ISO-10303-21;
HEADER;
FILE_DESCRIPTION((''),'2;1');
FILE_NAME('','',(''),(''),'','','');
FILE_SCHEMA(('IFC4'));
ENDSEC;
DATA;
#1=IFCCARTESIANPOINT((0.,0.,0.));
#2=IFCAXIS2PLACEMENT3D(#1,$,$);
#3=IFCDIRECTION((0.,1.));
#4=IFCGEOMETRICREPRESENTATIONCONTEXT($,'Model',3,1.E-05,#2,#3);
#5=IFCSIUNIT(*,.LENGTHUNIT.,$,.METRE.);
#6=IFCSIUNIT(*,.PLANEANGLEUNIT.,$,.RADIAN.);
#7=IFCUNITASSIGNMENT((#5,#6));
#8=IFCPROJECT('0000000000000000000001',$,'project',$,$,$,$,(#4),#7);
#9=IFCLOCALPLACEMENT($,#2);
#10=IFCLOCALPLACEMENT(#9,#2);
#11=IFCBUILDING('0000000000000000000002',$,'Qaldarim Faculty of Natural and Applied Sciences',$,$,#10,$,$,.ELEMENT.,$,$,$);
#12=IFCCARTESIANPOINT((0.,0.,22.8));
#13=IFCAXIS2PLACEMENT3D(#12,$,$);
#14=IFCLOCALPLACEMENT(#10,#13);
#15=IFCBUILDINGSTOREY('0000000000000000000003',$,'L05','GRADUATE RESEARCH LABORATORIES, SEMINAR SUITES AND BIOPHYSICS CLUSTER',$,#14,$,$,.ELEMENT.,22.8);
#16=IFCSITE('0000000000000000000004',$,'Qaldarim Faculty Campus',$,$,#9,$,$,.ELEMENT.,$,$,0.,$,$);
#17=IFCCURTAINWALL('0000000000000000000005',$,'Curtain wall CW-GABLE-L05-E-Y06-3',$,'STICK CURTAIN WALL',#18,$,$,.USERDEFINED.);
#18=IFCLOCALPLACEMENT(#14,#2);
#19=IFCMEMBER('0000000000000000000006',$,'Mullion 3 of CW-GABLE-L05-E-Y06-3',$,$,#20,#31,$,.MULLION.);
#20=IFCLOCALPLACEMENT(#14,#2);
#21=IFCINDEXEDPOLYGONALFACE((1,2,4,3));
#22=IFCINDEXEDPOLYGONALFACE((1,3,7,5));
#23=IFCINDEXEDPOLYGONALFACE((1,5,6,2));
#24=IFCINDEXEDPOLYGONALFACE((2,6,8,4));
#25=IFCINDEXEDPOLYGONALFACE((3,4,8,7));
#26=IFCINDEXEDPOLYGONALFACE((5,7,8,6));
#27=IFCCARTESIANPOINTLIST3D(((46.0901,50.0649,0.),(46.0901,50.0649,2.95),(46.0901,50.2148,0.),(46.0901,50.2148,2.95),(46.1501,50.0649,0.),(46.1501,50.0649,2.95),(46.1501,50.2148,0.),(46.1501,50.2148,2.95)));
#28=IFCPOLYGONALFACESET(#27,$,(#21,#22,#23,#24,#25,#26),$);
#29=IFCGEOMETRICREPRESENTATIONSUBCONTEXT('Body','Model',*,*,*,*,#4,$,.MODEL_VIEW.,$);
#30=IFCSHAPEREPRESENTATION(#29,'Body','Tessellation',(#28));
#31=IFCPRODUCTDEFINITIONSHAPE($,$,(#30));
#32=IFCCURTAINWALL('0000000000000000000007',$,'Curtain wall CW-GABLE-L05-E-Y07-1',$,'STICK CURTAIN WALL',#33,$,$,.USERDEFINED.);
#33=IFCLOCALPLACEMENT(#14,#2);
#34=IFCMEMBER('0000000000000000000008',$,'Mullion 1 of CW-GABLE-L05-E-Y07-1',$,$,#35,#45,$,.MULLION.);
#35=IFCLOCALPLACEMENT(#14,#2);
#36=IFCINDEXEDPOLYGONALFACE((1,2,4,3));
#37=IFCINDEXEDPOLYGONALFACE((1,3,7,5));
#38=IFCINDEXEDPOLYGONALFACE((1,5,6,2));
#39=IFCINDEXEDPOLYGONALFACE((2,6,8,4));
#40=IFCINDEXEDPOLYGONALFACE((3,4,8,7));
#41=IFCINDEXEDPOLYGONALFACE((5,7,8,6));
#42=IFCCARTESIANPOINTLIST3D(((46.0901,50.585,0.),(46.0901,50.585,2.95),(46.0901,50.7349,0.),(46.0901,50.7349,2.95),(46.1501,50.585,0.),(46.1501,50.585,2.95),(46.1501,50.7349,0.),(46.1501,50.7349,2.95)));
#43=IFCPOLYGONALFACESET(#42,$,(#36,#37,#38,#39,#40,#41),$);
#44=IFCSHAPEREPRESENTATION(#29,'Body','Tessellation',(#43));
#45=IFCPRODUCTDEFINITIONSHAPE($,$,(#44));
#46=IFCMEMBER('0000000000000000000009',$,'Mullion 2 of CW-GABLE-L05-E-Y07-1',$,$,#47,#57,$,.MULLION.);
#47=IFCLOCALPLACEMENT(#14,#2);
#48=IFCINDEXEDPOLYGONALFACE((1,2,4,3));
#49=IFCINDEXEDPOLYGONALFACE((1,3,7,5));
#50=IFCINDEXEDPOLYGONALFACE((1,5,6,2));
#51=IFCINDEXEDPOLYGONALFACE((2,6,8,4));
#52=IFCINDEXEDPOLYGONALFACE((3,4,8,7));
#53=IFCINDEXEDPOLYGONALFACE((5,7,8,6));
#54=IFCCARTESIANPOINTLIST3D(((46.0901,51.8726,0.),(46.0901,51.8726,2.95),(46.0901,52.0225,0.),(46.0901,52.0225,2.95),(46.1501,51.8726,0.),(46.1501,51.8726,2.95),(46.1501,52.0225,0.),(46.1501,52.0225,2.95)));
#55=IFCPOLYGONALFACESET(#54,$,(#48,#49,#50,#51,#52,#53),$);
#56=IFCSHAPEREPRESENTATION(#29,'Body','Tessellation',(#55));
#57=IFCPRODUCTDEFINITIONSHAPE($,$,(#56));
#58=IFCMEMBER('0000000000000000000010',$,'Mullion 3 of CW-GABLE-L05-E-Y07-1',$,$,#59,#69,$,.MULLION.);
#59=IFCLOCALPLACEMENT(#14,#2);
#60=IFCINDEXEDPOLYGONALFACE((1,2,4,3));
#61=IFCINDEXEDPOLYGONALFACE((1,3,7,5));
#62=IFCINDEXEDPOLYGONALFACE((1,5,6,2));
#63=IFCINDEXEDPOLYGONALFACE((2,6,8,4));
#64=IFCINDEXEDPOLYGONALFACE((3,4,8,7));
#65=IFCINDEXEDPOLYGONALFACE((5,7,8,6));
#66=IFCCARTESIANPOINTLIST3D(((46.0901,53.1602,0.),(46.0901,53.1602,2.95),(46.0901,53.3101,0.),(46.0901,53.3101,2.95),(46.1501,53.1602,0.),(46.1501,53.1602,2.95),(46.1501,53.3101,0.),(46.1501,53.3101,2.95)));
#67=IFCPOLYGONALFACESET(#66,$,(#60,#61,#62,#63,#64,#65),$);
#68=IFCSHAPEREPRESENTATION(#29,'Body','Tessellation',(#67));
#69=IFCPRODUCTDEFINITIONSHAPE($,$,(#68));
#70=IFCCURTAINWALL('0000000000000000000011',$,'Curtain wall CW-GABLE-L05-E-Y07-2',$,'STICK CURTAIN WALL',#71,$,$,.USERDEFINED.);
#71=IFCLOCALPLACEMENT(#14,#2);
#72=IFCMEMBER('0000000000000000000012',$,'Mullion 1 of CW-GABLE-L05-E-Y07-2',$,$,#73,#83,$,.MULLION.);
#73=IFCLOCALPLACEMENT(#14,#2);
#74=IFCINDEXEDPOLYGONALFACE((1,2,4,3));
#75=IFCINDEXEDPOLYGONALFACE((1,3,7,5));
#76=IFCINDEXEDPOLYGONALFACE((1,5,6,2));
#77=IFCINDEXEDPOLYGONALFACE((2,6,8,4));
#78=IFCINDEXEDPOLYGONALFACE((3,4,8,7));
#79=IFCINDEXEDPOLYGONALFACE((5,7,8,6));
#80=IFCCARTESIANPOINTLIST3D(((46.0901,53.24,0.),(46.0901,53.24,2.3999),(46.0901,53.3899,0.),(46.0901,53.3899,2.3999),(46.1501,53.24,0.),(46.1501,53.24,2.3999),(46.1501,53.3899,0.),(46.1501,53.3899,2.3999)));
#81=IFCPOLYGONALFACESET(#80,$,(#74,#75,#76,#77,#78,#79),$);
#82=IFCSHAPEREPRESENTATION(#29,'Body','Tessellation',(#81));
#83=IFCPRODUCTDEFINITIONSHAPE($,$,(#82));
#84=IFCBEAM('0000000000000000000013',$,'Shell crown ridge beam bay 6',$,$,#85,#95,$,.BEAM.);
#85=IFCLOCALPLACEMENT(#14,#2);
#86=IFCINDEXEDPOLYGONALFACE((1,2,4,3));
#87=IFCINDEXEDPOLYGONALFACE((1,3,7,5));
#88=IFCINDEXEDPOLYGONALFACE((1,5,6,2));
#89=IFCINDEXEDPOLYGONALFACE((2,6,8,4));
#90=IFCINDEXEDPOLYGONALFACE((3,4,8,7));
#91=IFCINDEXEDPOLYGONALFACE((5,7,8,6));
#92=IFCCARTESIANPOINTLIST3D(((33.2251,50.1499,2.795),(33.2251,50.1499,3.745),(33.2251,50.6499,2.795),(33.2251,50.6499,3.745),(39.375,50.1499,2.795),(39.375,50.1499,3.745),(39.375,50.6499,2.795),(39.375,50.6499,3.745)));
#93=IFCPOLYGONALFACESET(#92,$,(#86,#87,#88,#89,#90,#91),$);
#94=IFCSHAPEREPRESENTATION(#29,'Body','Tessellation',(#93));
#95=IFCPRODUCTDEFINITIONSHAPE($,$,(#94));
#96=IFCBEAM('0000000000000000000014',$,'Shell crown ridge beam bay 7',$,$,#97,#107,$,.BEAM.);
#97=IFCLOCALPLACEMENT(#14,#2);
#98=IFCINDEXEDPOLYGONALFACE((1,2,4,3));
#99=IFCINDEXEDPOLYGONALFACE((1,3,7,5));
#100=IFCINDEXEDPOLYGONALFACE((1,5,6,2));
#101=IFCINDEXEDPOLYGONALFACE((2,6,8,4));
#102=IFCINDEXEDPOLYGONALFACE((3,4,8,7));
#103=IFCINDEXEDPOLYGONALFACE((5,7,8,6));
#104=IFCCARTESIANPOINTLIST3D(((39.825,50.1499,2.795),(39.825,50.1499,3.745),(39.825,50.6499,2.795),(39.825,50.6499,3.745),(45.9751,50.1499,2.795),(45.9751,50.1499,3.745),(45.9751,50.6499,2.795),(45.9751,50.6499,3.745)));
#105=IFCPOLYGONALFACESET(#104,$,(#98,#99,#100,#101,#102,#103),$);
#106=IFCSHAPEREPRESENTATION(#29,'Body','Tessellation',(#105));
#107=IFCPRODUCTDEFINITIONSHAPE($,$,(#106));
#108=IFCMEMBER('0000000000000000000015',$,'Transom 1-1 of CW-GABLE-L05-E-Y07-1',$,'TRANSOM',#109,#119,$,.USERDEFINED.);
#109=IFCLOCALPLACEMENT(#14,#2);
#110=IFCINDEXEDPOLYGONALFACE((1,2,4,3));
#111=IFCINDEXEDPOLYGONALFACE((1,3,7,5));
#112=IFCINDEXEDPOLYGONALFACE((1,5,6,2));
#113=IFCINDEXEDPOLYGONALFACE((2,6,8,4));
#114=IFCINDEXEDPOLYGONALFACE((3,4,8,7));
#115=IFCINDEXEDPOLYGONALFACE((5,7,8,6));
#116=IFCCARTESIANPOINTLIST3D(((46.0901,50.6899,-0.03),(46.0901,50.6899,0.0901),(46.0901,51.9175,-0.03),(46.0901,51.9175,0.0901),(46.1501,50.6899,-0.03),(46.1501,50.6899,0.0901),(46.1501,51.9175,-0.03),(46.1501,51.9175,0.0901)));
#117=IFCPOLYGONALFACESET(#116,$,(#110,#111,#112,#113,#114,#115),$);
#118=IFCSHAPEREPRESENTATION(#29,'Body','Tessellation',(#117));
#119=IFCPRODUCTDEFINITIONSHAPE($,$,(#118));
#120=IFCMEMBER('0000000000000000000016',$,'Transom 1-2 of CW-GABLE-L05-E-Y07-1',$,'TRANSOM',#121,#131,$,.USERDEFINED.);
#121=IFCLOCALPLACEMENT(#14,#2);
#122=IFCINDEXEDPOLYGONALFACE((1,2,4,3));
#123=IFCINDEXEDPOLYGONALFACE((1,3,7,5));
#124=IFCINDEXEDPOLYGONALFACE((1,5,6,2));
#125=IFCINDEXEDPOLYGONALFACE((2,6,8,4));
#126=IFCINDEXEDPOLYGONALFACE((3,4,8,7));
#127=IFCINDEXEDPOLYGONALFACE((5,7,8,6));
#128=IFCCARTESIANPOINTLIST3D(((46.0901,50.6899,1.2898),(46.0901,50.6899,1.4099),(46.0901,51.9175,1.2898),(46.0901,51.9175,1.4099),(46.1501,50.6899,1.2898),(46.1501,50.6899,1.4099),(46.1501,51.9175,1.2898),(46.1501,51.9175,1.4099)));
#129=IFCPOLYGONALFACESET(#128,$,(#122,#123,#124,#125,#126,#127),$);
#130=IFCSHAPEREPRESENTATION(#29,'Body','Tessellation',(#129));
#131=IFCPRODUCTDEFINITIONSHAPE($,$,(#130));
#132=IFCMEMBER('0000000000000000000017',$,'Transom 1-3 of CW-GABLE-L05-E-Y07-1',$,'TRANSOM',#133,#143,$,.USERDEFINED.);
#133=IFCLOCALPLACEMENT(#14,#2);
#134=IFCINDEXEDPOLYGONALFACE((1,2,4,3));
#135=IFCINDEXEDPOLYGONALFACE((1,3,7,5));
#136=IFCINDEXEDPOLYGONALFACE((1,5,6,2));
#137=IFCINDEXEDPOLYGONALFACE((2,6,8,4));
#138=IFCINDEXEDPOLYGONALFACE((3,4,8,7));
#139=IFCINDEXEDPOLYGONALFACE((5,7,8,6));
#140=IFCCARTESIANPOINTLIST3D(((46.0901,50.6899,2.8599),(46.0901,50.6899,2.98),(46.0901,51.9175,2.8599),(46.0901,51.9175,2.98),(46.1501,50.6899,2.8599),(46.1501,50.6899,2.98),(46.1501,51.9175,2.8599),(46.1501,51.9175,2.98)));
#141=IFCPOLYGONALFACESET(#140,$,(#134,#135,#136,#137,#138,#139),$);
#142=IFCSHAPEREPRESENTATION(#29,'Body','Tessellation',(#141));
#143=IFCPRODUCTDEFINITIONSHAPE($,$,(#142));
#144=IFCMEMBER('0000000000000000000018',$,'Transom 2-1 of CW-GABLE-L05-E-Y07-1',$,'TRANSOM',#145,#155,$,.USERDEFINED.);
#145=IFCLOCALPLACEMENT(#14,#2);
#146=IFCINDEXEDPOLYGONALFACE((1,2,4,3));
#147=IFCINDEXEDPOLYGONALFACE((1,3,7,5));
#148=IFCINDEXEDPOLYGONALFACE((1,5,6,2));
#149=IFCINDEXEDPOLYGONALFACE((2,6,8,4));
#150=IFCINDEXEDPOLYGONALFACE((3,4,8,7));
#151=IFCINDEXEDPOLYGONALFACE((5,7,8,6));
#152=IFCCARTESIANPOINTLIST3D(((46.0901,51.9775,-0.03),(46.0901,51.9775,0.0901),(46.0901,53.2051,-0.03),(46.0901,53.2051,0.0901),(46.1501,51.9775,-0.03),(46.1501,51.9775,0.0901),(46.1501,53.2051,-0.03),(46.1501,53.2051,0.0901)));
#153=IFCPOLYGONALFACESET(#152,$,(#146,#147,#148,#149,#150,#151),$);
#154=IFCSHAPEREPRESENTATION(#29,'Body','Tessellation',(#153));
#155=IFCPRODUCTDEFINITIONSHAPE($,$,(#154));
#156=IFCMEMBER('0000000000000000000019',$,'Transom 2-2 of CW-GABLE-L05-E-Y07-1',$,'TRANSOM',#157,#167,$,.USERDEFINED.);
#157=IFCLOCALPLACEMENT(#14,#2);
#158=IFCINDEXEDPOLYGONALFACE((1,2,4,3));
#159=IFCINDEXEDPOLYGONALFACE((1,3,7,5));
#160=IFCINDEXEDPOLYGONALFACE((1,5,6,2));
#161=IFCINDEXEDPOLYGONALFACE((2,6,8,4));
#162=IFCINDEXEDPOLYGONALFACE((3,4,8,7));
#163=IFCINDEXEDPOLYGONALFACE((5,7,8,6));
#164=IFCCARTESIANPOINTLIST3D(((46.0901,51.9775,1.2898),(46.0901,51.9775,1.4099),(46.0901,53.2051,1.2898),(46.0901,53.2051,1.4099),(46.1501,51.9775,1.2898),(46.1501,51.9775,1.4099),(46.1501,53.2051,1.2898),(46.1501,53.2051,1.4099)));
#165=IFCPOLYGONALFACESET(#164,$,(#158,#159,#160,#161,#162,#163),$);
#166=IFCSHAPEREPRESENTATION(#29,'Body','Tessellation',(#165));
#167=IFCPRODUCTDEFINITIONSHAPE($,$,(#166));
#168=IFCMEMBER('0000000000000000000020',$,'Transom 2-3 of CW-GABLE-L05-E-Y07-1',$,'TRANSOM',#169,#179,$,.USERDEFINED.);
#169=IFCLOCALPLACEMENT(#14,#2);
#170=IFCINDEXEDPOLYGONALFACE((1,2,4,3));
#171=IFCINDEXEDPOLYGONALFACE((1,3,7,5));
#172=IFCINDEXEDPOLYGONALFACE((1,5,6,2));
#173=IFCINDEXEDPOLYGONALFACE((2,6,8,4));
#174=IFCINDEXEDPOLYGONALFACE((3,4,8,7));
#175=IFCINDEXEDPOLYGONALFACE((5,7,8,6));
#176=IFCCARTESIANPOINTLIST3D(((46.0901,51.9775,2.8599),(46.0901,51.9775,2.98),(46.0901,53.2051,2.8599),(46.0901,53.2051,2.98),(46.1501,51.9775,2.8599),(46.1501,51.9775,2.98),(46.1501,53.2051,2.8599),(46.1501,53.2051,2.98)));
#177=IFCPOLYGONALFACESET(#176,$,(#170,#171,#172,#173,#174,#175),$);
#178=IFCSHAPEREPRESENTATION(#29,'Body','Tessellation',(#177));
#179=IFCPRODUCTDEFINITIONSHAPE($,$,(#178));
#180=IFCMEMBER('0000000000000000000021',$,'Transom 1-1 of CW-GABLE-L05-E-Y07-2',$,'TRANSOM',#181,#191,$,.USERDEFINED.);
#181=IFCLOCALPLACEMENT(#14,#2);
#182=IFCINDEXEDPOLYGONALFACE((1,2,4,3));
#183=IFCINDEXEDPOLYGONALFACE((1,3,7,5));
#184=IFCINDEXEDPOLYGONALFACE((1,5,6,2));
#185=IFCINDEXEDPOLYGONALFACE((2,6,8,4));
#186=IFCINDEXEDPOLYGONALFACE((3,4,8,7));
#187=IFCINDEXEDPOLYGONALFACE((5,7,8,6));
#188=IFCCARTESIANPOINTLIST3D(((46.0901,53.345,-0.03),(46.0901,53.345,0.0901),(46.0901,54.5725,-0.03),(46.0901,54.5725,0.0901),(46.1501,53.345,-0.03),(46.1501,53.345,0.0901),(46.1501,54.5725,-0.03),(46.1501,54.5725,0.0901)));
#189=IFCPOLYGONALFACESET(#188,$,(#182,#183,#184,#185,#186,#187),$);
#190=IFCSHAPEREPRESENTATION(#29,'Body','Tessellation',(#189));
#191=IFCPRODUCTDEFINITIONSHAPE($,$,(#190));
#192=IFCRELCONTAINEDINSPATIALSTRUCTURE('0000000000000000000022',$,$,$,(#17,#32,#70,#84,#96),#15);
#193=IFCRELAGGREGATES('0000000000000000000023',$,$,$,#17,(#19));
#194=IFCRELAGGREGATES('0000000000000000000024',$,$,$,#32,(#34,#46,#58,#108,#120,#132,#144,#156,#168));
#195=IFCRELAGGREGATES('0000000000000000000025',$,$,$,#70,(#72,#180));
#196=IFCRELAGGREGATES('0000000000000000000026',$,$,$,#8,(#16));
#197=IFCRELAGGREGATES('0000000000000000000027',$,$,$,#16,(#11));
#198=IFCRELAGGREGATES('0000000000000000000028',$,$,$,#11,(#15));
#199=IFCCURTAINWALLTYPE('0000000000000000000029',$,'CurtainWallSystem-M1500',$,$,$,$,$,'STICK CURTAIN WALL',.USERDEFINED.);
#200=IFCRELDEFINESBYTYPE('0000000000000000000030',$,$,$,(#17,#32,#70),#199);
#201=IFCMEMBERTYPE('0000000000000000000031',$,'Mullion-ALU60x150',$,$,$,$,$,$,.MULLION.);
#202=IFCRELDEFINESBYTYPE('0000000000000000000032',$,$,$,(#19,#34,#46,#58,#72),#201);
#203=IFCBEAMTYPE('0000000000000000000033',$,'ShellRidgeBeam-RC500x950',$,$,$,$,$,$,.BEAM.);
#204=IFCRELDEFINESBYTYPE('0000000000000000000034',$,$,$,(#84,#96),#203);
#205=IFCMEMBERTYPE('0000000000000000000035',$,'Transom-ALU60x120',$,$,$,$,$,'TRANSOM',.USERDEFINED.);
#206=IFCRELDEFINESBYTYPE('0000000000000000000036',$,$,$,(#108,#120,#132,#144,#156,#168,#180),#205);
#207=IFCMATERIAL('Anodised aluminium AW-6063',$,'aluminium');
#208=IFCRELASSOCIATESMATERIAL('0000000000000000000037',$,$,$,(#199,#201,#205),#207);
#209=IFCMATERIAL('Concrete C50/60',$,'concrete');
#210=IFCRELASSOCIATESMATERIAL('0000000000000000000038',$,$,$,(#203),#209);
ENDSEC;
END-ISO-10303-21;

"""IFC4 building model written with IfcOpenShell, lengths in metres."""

from ifc_helpers import new_model, si_unit, direction, frame, origin, origin_2d, place, context, subcontext, project, spatial, rectangle, extrude, material, material_profile, profile_set, type_object, element, aggregate, save


model = new_model("IFC4")

# Units and contexts
model_context = context("Model", 3, precision=1e-05, world=origin(), true_north=direction((0.0, 1.0)))
body_context = subcontext(model_context, "Body", "Model", "MODEL_VIEW")
ifc_project = project(units=[si_unit("LENGTHUNIT", "METRE"), si_unit("PLANEANGLEUNIT", "RADIAN")], contexts=[model_context])

# Site, building, storey
site_placement = place(None, origin())
site = spatial("IfcSite", under=ifc_project, at=site_placement, Name="Qaldarim Faculty Campus", CompositionType="ELEMENT", RefElevation=0.0)
building_placement = place(site_placement, origin())
building = spatial("IfcBuilding", under=site, at=building_placement, Name="Qaldarim Faculty of Natural and Applied Sciences", CompositionType="ELEMENT")
storey_placement = place(building_placement, frame((0.0, 0.0, 22.8)))
storey = spatial("IfcBuildingStorey", under=building, at=storey_placement, Name="L05", Description="GRADUATE RESEARCH LABORATORIES, SEMINAR SUITES AND BIOPHYSICS CLUSTER", CompositionType="ELEMENT", Elevation=22.8)

# Curtain wall, member
ifc_material_1 = material(Name="Anodised aluminium AW-6063", Category="aluminium")
curtain_wall_type = type_object("IfcCurtainWallType", Name="CurtainWallSystem-M1500", ElementType="STICK CURTAIN WALL", PredefinedType="USERDEFINED", material=ifc_material_1)
curtain_wall_1_placement = place(storey_placement, origin())
curtain_wall_1 = element("IfcCurtainWall", 1, at=curtain_wall_1_placement, inside=storey, type_object=curtain_wall_type, Name="Curtain wall CW-GABLE-L05-E-Y06-3", ObjectType="STICK CURTAIN WALL", PredefinedType="USERDEFINED")
ifc_material_profile_1 = material_profile(ifc_material_1, rectangle(XDim=0.0601, YDim=0.1499, at=origin_2d()), Name="ALU-M60x150")
ifc_profile_set_1 = profile_set([ifc_material_profile_1], Name="Anodised aluminium AW-6063")
member_type_1 = type_object("IfcMemberType", Name="Mullion-ALU60x150", PredefinedType="MULLION", material=ifc_profile_set_1)
member_1_placement = place(storey_placement, frame((46.1201, 50.1399, 0.0), z_axis=(0.0, 0.0, 1.0), x_axis=(-1.0, 0.0, 0.0)))
member_1 = element("IfcMember", 2, at=member_1_placement, type_object=member_type_1, Name="Mullion 3 of CW-GABLE-L05-E-Y06-3", PredefinedType="MULLION", context=body_context, shape_type="SweptSolid", body=[
    extrude(rectangle(XDim=0.0601, YDim=0.1499, at=origin_2d()), origin(), (0.0, 0.0, 1.0), 2.95),
])

# Curtain wall, members
curtain_wall_2_placement = place(storey_placement, origin())
curtain_wall_2 = element("IfcCurtainWall", 3, at=curtain_wall_2_placement, inside=storey, type_object=curtain_wall_type, Name="Curtain wall CW-GABLE-L05-E-Y07-1", ObjectType="STICK CURTAIN WALL", PredefinedType="USERDEFINED")
member_2_placement = place(storey_placement, frame((46.1201, 50.6599, 0.0), z_axis=(0.0, 0.0, 1.0), x_axis=(-1.0, 0.0, 0.0)))
member_2 = element("IfcMember", 4, at=member_2_placement, type_object=member_type_1, Name="Mullion 1 of CW-GABLE-L05-E-Y07-1", PredefinedType="MULLION", context=body_context, shape_type="SweptSolid", body=[
    extrude(rectangle(XDim=0.0601, YDim=0.1499, at=origin_2d()), origin(), (0.0, 0.0, 1.0), 2.95),
])
member_3_placement = place(storey_placement, frame((46.1201, 51.9475, 0.0), z_axis=(0.0, 0.0, 1.0), x_axis=(-1.0, 0.0, 0.0)))
member_3 = element("IfcMember", 5, at=member_3_placement, type_object=member_type_1, Name="Mullion 2 of CW-GABLE-L05-E-Y07-1", PredefinedType="MULLION", context=body_context, shape_type="SweptSolid", body=[
    extrude(rectangle(XDim=0.0601, YDim=0.1499, at=origin_2d()), origin(), (0.0, 0.0, 1.0), 2.95),
])
member_4_placement = place(storey_placement, frame((46.1201, 53.2351, 0.0), z_axis=(0.0, 0.0, 1.0), x_axis=(-1.0, 0.0, 0.0)))
member_4 = element("IfcMember", 6, at=member_4_placement, type_object=member_type_1, Name="Mullion 3 of CW-GABLE-L05-E-Y07-1", PredefinedType="MULLION", context=body_context, shape_type="SweptSolid", body=[
    extrude(rectangle(XDim=0.0601, YDim=0.1499, at=origin_2d()), origin(), (0.0, 0.0, 1.0), 2.95),
])

# Curtain wall, member
curtain_wall_3_placement = place(storey_placement, origin())
curtain_wall_3 = element("IfcCurtainWall", 7, at=curtain_wall_3_placement, inside=storey, type_object=curtain_wall_type, Name="Curtain wall CW-GABLE-L05-E-Y07-2", ObjectType="STICK CURTAIN WALL", PredefinedType="USERDEFINED")
member_5_placement = place(storey_placement, frame((46.1201, 53.3149, 0.0), z_axis=(0.0, 0.0, 1.0), x_axis=(-1.0, 0.0, 0.0)))
member_5 = element("IfcMember", 8, at=member_5_placement, type_object=member_type_1, Name="Mullion 1 of CW-GABLE-L05-E-Y07-2", PredefinedType="MULLION", context=body_context, shape_type="SweptSolid", body=[
    extrude(rectangle(XDim=0.0601, YDim=0.1499, at=origin_2d()), origin(), (0.0, 0.0, 1.0), 2.3999),
])

# Beams
ifc_material_2 = material(Name="Concrete C50/60", Category="concrete")
ifc_material_profile_2 = material_profile(ifc_material_2, rectangle(XDim=0.5, YDim=0.95, at=origin_2d()), Name="RC-EB500x950")
ifc_profile_set_2 = profile_set([ifc_material_profile_2], Name="Concrete C50/60")
beam_type = type_object("IfcBeamType", Name="ShellRidgeBeam-RC500x950", PredefinedType="BEAM", material=ifc_profile_set_2)
beam_1_placement = place(storey_placement, frame((33.2251, 50.3999, 3.27), z_axis=(1.0, 0.0, 0.0), x_axis=(0.0, 1.0, 0.0)))
element("IfcBeam", 9, at=beam_1_placement, inside=storey, type_object=beam_type, Name="Shell crown ridge beam bay 6", PredefinedType="BEAM", context=body_context, shape_type="SweptSolid", body=[
    extrude(rectangle(XDim=0.5, YDim=0.95, at=origin_2d()), origin(), (0.0, 0.0, 1.0), 6.1499),
])
beam_2_placement = place(storey_placement, frame((39.825, 50.3999, 3.27), z_axis=(1.0, 0.0, 0.0), x_axis=(0.0, 1.0, 0.0)))
element("IfcBeam", 10, at=beam_2_placement, inside=storey, type_object=beam_type, Name="Shell crown ridge beam bay 7", PredefinedType="BEAM", context=body_context, shape_type="SweptSolid", body=[
    extrude(rectangle(XDim=0.5, YDim=0.95, at=origin_2d()), origin(), (0.0, 0.0, 1.0), 6.1501),
])

# Members
ifc_material_profile_3 = material_profile(ifc_material_1, rectangle(XDim=0.0601, YDim=0.1201, at=origin_2d()), Name="ALU-T60x120")
ifc_profile_set_3 = profile_set([ifc_material_profile_3], Name="Anodised aluminium AW-6063")
member_type_2 = type_object("IfcMemberType", Name="Transom-ALU60x120", ElementType="TRANSOM", PredefinedType="USERDEFINED", material=ifc_profile_set_3)
member_6_placement = place(storey_placement, frame((46.1201, 50.6899, 0.03), z_axis=(0.0, 1.0, 0.0), x_axis=(-1.0, 0.0, 0.0)))
member_6 = element("IfcMember", 11, at=member_6_placement, type_object=member_type_2, Name="Transom 1-1 of CW-GABLE-L05-E-Y07-1", ObjectType="TRANSOM", PredefinedType="USERDEFINED", context=body_context, shape_type="SweptSolid", body=[
    extrude(rectangle(XDim=0.0601, YDim=0.1201, at=origin_2d()), origin(), (0.0, 0.0, 1.0), 1.2275),
])
member_7_placement = place(storey_placement, frame((46.1201, 50.6899, 1.3499), z_axis=(0.0, 1.0, 0.0), x_axis=(-1.0, 0.0, 0.0)))
member_7 = element("IfcMember", 12, at=member_7_placement, type_object=member_type_2, Name="Transom 1-2 of CW-GABLE-L05-E-Y07-1", ObjectType="TRANSOM", PredefinedType="USERDEFINED", context=body_context, shape_type="SweptSolid", body=[
    extrude(rectangle(XDim=0.0601, YDim=0.1201, at=origin_2d()), origin(), (0.0, 0.0, 1.0), 1.2275),
])
member_8_placement = place(storey_placement, frame((46.1201, 50.6899, 2.9199), z_axis=(0.0, 1.0, 0.0), x_axis=(-1.0, 0.0, 0.0)))
member_8 = element("IfcMember", 13, at=member_8_placement, type_object=member_type_2, Name="Transom 1-3 of CW-GABLE-L05-E-Y07-1", ObjectType="TRANSOM", PredefinedType="USERDEFINED", context=body_context, shape_type="SweptSolid", body=[
    extrude(rectangle(XDim=0.0601, YDim=0.1201, at=origin_2d()), origin(), (0.0, 0.0, 1.0), 1.2275),
])
member_9_placement = place(storey_placement, frame((46.1201, 51.9775, 0.03), z_axis=(0.0, 1.0, 0.0), x_axis=(-1.0, 0.0, 0.0)))
member_9 = element("IfcMember", 14, at=member_9_placement, type_object=member_type_2, Name="Transom 2-1 of CW-GABLE-L05-E-Y07-1", ObjectType="TRANSOM", PredefinedType="USERDEFINED", context=body_context, shape_type="SweptSolid", body=[
    extrude(rectangle(XDim=0.0601, YDim=0.1201, at=origin_2d()), origin(), (0.0, 0.0, 1.0), 1.2275),
])
member_10_placement = place(storey_placement, frame((46.1201, 51.9775, 1.3499), z_axis=(0.0, 1.0, 0.0), x_axis=(-1.0, 0.0, 0.0)))
member_10 = element("IfcMember", 15, at=member_10_placement, type_object=member_type_2, Name="Transom 2-2 of CW-GABLE-L05-E-Y07-1", ObjectType="TRANSOM", PredefinedType="USERDEFINED", context=body_context, shape_type="SweptSolid", body=[
    extrude(rectangle(XDim=0.0601, YDim=0.1201, at=origin_2d()), origin(), (0.0, 0.0, 1.0), 1.2275),
])
member_11_placement = place(storey_placement, frame((46.1201, 51.9775, 2.9199), z_axis=(0.0, 1.0, 0.0), x_axis=(-1.0, 0.0, 0.0)))
member_11 = element("IfcMember", 16, at=member_11_placement, type_object=member_type_2, Name="Transom 2-3 of CW-GABLE-L05-E-Y07-1", ObjectType="TRANSOM", PredefinedType="USERDEFINED", context=body_context, shape_type="SweptSolid", body=[
    extrude(rectangle(XDim=0.0601, YDim=0.1201, at=origin_2d()), origin(), (0.0, 0.0, 1.0), 1.2275),
])
member_12_placement = place(storey_placement, frame((46.1201, 53.345, 0.03), z_axis=(0.0, 1.0, 0.0), x_axis=(-1.0, 0.0, 0.0)))
member_12 = element("IfcMember", 17, at=member_12_placement, type_object=member_type_2, Name="Transom 1-1 of CW-GABLE-L05-E-Y07-2", ObjectType="TRANSOM", PredefinedType="USERDEFINED", context=body_context, shape_type="SweptSolid", body=[
    extrude(rectangle(XDim=0.0601, YDim=0.1201, at=origin_2d()), origin(), (0.0, 0.0, 1.0), 1.2275),
])

aggregate(curtain_wall_1, [member_1])
aggregate(curtain_wall_2, [member_2, member_3, member_4, member_6, member_7, member_8, member_9, member_10, member_11])
aggregate(curtain_wall_3, [member_5, member_12])

save(model, "model.ifc")
